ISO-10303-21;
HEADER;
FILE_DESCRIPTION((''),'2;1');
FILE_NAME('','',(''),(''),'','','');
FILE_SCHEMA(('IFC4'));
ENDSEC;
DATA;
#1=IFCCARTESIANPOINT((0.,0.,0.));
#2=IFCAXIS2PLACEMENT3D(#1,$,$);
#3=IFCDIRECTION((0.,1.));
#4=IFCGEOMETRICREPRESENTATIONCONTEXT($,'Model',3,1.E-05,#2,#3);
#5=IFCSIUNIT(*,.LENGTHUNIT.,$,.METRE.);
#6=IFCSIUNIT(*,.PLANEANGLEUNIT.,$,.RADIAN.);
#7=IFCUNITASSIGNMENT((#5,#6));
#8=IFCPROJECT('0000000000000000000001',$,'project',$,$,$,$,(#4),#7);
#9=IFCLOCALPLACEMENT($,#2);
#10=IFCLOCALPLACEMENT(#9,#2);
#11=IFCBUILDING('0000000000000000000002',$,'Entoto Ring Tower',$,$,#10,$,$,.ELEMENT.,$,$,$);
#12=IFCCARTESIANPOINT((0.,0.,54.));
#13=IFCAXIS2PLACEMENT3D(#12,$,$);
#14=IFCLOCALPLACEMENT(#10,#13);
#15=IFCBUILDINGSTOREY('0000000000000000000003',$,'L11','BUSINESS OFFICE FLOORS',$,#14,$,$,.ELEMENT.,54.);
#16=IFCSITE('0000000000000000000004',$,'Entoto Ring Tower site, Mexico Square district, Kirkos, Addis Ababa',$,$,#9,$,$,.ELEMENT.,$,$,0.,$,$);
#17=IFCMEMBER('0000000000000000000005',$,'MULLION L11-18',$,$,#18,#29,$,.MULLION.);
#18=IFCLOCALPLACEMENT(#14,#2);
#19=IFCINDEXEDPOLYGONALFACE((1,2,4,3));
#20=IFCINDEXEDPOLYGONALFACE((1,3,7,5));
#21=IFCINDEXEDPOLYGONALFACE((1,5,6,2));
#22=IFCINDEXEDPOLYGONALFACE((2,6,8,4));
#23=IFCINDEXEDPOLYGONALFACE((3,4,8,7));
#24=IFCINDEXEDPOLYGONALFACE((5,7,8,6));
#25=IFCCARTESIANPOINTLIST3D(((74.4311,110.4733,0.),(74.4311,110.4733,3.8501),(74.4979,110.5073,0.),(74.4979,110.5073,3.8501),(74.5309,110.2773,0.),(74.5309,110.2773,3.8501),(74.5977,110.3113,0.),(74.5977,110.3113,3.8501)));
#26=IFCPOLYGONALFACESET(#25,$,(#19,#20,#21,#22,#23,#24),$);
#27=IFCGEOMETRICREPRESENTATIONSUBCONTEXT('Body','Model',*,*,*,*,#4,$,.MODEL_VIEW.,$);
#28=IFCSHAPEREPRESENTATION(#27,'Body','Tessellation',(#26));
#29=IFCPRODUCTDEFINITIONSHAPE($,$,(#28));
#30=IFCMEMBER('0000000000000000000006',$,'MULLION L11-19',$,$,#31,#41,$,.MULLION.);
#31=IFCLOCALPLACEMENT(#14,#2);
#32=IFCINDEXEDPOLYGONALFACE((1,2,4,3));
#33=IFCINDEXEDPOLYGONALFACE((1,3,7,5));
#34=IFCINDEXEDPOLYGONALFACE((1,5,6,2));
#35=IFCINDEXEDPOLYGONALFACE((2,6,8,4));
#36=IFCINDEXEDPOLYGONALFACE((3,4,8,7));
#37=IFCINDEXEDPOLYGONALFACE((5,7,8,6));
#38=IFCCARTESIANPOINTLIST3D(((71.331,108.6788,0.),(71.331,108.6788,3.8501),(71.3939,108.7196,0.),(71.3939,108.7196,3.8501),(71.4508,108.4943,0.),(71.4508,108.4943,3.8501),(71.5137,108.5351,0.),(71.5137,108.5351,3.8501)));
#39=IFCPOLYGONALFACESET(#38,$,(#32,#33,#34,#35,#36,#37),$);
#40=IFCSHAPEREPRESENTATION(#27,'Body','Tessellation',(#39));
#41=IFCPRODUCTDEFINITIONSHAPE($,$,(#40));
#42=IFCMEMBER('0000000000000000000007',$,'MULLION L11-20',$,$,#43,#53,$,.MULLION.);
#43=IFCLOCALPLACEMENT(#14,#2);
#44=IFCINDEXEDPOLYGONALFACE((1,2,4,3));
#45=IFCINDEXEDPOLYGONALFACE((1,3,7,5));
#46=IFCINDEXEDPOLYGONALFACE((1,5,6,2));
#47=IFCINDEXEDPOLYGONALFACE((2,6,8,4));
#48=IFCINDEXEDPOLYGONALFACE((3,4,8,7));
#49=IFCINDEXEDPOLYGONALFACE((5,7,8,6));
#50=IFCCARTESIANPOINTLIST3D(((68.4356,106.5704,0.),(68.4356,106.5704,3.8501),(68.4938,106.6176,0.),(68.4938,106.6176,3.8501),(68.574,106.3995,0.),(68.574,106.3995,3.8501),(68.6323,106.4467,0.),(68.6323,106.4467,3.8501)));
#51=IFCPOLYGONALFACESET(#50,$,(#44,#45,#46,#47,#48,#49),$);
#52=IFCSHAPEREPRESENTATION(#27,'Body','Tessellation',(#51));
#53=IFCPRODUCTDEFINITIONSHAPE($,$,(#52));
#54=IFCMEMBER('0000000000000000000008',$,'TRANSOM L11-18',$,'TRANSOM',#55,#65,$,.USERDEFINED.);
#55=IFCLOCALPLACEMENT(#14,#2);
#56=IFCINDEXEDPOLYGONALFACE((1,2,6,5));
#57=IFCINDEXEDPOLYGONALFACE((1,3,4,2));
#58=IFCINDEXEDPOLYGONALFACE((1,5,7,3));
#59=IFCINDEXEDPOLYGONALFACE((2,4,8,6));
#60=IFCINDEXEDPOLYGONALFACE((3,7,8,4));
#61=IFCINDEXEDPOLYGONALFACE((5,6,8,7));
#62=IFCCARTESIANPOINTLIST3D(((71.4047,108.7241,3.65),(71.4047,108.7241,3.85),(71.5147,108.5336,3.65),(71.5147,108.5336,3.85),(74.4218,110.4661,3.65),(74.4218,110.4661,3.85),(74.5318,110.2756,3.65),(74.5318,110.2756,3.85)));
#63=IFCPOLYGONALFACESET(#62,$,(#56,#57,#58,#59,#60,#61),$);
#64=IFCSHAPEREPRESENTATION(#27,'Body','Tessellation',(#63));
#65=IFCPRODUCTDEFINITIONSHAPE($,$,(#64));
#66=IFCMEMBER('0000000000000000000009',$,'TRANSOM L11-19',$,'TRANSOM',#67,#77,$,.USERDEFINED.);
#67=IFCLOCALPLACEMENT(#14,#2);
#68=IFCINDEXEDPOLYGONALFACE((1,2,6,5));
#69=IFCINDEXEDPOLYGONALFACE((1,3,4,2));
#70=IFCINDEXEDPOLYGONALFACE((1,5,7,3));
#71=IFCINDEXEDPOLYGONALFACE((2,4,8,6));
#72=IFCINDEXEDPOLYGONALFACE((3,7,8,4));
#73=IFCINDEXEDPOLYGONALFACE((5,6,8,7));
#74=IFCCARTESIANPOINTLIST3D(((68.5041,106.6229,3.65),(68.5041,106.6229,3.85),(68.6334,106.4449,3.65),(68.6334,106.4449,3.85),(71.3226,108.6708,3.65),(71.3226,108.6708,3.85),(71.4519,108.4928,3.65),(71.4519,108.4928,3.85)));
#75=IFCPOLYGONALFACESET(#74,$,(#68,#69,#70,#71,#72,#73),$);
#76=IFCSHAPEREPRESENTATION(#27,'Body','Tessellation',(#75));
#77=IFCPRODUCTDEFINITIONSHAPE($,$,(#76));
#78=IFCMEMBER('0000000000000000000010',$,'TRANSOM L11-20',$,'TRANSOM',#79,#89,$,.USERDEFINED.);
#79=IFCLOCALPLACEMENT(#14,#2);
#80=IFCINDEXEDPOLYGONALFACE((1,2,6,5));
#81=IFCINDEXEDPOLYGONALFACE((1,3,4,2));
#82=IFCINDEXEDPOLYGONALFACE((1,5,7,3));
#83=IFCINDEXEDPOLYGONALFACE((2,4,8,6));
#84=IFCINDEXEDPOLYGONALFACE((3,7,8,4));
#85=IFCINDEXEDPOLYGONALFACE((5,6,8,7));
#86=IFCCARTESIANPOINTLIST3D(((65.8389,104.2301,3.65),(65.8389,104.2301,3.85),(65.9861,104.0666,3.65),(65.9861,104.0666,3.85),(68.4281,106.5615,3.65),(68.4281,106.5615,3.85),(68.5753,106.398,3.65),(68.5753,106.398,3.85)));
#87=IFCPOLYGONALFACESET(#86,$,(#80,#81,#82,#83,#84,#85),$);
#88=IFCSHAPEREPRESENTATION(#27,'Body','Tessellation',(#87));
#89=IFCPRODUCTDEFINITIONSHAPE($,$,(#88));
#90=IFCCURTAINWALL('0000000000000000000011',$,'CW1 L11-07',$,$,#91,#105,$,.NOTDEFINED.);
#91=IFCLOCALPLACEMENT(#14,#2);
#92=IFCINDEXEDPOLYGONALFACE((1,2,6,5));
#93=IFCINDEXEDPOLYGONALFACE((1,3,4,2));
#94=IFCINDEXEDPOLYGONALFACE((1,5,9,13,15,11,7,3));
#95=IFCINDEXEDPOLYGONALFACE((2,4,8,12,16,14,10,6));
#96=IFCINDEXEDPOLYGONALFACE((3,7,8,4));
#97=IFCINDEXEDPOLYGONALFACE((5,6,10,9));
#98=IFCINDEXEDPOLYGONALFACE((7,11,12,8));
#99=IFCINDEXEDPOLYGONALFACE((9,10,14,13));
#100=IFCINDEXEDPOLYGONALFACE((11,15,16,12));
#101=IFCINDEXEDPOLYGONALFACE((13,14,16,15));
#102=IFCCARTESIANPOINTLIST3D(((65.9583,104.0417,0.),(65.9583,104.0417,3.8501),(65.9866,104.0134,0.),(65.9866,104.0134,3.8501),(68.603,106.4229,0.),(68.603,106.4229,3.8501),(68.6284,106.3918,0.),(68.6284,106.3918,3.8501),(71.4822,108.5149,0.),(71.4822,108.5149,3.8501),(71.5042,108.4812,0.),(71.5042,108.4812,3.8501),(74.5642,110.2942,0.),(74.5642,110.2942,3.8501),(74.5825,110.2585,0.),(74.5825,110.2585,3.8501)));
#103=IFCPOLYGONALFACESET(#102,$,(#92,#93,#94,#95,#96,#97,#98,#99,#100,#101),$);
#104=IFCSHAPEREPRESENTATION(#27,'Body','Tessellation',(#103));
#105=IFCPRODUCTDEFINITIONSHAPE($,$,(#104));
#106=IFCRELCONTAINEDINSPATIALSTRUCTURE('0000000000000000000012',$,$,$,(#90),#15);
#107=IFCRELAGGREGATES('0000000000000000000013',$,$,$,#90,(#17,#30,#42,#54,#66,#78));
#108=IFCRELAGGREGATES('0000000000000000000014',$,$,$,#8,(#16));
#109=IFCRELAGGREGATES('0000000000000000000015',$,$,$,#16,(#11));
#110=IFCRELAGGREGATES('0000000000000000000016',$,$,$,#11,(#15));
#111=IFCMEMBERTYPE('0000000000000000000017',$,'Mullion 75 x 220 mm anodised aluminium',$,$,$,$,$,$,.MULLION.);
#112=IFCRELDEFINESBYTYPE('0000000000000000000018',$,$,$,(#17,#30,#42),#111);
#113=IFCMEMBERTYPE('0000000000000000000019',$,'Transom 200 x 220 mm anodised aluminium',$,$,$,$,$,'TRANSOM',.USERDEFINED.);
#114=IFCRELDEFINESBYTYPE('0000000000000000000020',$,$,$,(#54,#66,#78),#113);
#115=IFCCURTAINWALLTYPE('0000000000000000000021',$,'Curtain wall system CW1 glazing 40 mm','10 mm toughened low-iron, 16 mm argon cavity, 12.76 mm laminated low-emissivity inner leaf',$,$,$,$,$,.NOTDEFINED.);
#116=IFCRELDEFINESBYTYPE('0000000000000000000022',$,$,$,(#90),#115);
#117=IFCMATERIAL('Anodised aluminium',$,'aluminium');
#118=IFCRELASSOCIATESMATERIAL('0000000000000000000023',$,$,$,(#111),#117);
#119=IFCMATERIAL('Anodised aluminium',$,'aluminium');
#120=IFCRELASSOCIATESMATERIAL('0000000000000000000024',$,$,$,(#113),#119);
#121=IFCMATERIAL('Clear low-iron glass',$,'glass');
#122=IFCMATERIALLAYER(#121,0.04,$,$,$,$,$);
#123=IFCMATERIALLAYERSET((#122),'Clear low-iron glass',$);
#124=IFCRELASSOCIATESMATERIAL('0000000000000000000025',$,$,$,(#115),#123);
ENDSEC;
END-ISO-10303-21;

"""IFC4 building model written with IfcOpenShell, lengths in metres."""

from ifc_helpers import new_model, si_unit, direction, frame, origin, origin_2d, place, context, subcontext, project, spatial, polyline, rectangle, outline, extrude, material, layer, layer_set, material_profile, profile_set, type_object, element, aggregate, save


model = new_model("IFC4")

# Units and contexts
model_context = context("Model", 3, precision=1e-05, world=origin(), true_north=direction((0.0, 1.0)))
body_context = subcontext(model_context, "Body", "Model", "MODEL_VIEW")
ifc_project = project(units=[si_unit("LENGTHUNIT", "METRE"), si_unit("PLANEANGLEUNIT", "RADIAN")], contexts=[model_context])

# Members
ifc_material_1 = material(Name="Anodised aluminium", Category="aluminium")
ifc_material_profile_1 = material_profile(ifc_material_1, rectangle(XDim=0.075, YDim=0.22, at=origin_2d()), Name="Mullion 75 x 220 mm anodised aluminium")
ifc_profile_set_1 = profile_set([ifc_material_profile_1], Name="Anodised aluminium")
member_type_1 = type_object("IfcMemberType", Name="Mullion 75 x 220 mm anodised aluminium", PredefinedType="MULLION", material=ifc_profile_set_1)
site_placement = place(None, origin())
building_placement = place(site_placement, origin())
storey_placement = place(building_placement, frame((0.0, 0.0, 54.0)))
member_1_placement = place(storey_placement, frame((74.5144, 110.3923, 0.0), z_axis=(0.0, 0.0, 1.0), x_axis=(-0.891007, -0.45399, 0.0)))
member_1 = element("IfcMember", 1, at=member_1_placement, type_object=member_type_1, Name="MULLION L11-18", PredefinedType="MULLION", context=body_context, shape_type="SweptSolid", body=[
    extrude(rectangle(XDim=0.075, YDim=0.22, at=origin_2d()), origin(), (0.0, 0.0, 1.0), 3.8501),
])
member_2_placement = place(storey_placement, frame((71.4224, 108.6069, 0.0), z_axis=(0.0, 0.0, 1.0), x_axis=(-0.838671, -0.544639, 0.0)))
member_2 = element("IfcMember", 2, at=member_2_placement, type_object=member_type_1, Name="MULLION L11-19", PredefinedType="MULLION", context=body_context, shape_type="SweptSolid", body=[
    extrude(rectangle(XDim=0.075, YDim=0.22, at=origin_2d()), origin(), (0.0, 0.0, 1.0), 3.8501),
])
member_3_placement = place(storey_placement, frame((68.5339, 106.5085, 0.0), z_axis=(0.0, 0.0, 1.0), x_axis=(-0.777146, -0.62932, 0.0)))
member_3 = element("IfcMember", 3, at=member_3_placement, type_object=member_type_1, Name="MULLION L11-20", PredefinedType="MULLION", context=body_context, shape_type="SweptSolid", body=[
    extrude(rectangle(XDim=0.075, YDim=0.22, at=origin_2d()), origin(), (0.0, 0.0, 1.0), 3.8501),
])
ifc_material_2 = material(Name="Anodised aluminium", Category="aluminium")
ifc_material_profile_2 = material_profile(ifc_material_2, rectangle(XDim=0.22, YDim=0.2, at=origin_2d()), Name="Transom 200 x 220 mm anodised aluminium")
ifc_profile_set_2 = profile_set([ifc_material_profile_2], Name="Anodised aluminium")
member_type_2 = type_object("IfcMemberType", Name="Transom 200 x 220 mm anodised aluminium", ElementType="TRANSOM", PredefinedType="USERDEFINED", material=ifc_profile_set_2)
member_4_placement = place(storey_placement, frame((74.4768, 110.3708, 3.75), z_axis=(-0.866022, -0.500006, 0.0), x_axis=(0.500006, -0.866022, 0.0)))
member_4 = element("IfcMember", 4, at=member_4_placement, type_object=member_type_2, Name="TRANSOM L11-18", ObjectType="TRANSOM", PredefinedType="USERDEFINED", context=body_context, shape_type="SweptSolid", body=[
    extrude(rectangle(XDim=0.22, YDim=0.2, at=origin_2d()), origin(), (0.0, 0.0, 1.0), 3.4839),
])
member_5_placement = place(storey_placement, frame((71.3872, 108.5818, 3.75), z_axis=(-0.808991, -0.587822, 0.0), x_axis=(0.587822, -0.808991, 0.0)))
member_5 = element("IfcMember", 5, at=member_5_placement, type_object=member_type_2, Name="TRANSOM L11-19", ObjectType="TRANSOM", PredefinedType="USERDEFINED", context=body_context, shape_type="SweptSolid", body=[
    extrude(rectangle(XDim=0.22, YDim=0.2, at=origin_2d()), origin(), (0.0, 0.0, 1.0), 3.4839),
])
member_6_placement = place(storey_placement, frame((68.5017, 106.4797, 3.75), z_axis=(-0.743137, -0.669139, 0.0), x_axis=(0.669139, -0.743137, 0.0)))
member_6 = element("IfcMember", 6, at=member_6_placement, type_object=member_type_2, Name="TRANSOM L11-20", ObjectType="TRANSOM", PredefinedType="USERDEFINED", context=body_context, shape_type="SweptSolid", body=[
    extrude(rectangle(XDim=0.22, YDim=0.2, at=origin_2d()), origin(), (0.0, 0.0, 1.0), 3.4841),
])

# Site, building, storey
site = spatial("IfcSite", under=ifc_project, at=site_placement, Name="Entoto Ring Tower site, Mexico Square district, Kirkos, Addis Ababa", CompositionType="ELEMENT", RefElevation=0.0)
building = spatial("IfcBuilding", under=site, at=building_placement, Name="Entoto Ring Tower", CompositionType="ELEMENT")
storey = spatial("IfcBuildingStorey", under=building, at=storey_placement, Name="L11", Description="BUSINESS OFFICE FLOORS", CompositionType="ELEMENT", Elevation=54.0)

# Curtain wall
ifc_material_3 = material(Name="Clear low-iron glass", Category="glass")
ifc_layer = layer(ifc_material_3, 0.04)
ifc_layer_set = layer_set([ifc_layer], Name="Clear low-iron glass")
curtain_wall_type = type_object("IfcCurtainWallType", Name="Curtain wall system CW1 glazing 40 mm", Description="10 mm toughened low-iron, 16 mm argon cavity, 12.76 mm laminated low-emissivity inner leaf", PredefinedType="NOTDEFINED", material=ifc_layer_set)
curtain_wall_1_placement = place(storey_placement, origin())
curtain_wall_1 = element("IfcCurtainWall", 7, at=curtain_wall_1_placement, inside=storey, type_object=curtain_wall_type, Name="CW1 L11-07", PredefinedType="NOTDEFINED", context=body_context, shape_type="SweptSolid", body=[
    extrude(outline(polyline([(74.5642, 110.2942), (71.4822, 108.5149), (68.603, 106.4229), (65.9583, 104.0417), (65.9866, 104.0134), (68.6284, 106.3918), (71.5042, 108.4812), (74.5825, 110.2585), (74.5642, 110.2942)])), origin(), (0.0, 0.0, 1.0), 3.8501),
])
aggregate(curtain_wall_1, [member_1, member_2, member_3, member_4, member_5, member_6])

save(model, "model.ifc")
